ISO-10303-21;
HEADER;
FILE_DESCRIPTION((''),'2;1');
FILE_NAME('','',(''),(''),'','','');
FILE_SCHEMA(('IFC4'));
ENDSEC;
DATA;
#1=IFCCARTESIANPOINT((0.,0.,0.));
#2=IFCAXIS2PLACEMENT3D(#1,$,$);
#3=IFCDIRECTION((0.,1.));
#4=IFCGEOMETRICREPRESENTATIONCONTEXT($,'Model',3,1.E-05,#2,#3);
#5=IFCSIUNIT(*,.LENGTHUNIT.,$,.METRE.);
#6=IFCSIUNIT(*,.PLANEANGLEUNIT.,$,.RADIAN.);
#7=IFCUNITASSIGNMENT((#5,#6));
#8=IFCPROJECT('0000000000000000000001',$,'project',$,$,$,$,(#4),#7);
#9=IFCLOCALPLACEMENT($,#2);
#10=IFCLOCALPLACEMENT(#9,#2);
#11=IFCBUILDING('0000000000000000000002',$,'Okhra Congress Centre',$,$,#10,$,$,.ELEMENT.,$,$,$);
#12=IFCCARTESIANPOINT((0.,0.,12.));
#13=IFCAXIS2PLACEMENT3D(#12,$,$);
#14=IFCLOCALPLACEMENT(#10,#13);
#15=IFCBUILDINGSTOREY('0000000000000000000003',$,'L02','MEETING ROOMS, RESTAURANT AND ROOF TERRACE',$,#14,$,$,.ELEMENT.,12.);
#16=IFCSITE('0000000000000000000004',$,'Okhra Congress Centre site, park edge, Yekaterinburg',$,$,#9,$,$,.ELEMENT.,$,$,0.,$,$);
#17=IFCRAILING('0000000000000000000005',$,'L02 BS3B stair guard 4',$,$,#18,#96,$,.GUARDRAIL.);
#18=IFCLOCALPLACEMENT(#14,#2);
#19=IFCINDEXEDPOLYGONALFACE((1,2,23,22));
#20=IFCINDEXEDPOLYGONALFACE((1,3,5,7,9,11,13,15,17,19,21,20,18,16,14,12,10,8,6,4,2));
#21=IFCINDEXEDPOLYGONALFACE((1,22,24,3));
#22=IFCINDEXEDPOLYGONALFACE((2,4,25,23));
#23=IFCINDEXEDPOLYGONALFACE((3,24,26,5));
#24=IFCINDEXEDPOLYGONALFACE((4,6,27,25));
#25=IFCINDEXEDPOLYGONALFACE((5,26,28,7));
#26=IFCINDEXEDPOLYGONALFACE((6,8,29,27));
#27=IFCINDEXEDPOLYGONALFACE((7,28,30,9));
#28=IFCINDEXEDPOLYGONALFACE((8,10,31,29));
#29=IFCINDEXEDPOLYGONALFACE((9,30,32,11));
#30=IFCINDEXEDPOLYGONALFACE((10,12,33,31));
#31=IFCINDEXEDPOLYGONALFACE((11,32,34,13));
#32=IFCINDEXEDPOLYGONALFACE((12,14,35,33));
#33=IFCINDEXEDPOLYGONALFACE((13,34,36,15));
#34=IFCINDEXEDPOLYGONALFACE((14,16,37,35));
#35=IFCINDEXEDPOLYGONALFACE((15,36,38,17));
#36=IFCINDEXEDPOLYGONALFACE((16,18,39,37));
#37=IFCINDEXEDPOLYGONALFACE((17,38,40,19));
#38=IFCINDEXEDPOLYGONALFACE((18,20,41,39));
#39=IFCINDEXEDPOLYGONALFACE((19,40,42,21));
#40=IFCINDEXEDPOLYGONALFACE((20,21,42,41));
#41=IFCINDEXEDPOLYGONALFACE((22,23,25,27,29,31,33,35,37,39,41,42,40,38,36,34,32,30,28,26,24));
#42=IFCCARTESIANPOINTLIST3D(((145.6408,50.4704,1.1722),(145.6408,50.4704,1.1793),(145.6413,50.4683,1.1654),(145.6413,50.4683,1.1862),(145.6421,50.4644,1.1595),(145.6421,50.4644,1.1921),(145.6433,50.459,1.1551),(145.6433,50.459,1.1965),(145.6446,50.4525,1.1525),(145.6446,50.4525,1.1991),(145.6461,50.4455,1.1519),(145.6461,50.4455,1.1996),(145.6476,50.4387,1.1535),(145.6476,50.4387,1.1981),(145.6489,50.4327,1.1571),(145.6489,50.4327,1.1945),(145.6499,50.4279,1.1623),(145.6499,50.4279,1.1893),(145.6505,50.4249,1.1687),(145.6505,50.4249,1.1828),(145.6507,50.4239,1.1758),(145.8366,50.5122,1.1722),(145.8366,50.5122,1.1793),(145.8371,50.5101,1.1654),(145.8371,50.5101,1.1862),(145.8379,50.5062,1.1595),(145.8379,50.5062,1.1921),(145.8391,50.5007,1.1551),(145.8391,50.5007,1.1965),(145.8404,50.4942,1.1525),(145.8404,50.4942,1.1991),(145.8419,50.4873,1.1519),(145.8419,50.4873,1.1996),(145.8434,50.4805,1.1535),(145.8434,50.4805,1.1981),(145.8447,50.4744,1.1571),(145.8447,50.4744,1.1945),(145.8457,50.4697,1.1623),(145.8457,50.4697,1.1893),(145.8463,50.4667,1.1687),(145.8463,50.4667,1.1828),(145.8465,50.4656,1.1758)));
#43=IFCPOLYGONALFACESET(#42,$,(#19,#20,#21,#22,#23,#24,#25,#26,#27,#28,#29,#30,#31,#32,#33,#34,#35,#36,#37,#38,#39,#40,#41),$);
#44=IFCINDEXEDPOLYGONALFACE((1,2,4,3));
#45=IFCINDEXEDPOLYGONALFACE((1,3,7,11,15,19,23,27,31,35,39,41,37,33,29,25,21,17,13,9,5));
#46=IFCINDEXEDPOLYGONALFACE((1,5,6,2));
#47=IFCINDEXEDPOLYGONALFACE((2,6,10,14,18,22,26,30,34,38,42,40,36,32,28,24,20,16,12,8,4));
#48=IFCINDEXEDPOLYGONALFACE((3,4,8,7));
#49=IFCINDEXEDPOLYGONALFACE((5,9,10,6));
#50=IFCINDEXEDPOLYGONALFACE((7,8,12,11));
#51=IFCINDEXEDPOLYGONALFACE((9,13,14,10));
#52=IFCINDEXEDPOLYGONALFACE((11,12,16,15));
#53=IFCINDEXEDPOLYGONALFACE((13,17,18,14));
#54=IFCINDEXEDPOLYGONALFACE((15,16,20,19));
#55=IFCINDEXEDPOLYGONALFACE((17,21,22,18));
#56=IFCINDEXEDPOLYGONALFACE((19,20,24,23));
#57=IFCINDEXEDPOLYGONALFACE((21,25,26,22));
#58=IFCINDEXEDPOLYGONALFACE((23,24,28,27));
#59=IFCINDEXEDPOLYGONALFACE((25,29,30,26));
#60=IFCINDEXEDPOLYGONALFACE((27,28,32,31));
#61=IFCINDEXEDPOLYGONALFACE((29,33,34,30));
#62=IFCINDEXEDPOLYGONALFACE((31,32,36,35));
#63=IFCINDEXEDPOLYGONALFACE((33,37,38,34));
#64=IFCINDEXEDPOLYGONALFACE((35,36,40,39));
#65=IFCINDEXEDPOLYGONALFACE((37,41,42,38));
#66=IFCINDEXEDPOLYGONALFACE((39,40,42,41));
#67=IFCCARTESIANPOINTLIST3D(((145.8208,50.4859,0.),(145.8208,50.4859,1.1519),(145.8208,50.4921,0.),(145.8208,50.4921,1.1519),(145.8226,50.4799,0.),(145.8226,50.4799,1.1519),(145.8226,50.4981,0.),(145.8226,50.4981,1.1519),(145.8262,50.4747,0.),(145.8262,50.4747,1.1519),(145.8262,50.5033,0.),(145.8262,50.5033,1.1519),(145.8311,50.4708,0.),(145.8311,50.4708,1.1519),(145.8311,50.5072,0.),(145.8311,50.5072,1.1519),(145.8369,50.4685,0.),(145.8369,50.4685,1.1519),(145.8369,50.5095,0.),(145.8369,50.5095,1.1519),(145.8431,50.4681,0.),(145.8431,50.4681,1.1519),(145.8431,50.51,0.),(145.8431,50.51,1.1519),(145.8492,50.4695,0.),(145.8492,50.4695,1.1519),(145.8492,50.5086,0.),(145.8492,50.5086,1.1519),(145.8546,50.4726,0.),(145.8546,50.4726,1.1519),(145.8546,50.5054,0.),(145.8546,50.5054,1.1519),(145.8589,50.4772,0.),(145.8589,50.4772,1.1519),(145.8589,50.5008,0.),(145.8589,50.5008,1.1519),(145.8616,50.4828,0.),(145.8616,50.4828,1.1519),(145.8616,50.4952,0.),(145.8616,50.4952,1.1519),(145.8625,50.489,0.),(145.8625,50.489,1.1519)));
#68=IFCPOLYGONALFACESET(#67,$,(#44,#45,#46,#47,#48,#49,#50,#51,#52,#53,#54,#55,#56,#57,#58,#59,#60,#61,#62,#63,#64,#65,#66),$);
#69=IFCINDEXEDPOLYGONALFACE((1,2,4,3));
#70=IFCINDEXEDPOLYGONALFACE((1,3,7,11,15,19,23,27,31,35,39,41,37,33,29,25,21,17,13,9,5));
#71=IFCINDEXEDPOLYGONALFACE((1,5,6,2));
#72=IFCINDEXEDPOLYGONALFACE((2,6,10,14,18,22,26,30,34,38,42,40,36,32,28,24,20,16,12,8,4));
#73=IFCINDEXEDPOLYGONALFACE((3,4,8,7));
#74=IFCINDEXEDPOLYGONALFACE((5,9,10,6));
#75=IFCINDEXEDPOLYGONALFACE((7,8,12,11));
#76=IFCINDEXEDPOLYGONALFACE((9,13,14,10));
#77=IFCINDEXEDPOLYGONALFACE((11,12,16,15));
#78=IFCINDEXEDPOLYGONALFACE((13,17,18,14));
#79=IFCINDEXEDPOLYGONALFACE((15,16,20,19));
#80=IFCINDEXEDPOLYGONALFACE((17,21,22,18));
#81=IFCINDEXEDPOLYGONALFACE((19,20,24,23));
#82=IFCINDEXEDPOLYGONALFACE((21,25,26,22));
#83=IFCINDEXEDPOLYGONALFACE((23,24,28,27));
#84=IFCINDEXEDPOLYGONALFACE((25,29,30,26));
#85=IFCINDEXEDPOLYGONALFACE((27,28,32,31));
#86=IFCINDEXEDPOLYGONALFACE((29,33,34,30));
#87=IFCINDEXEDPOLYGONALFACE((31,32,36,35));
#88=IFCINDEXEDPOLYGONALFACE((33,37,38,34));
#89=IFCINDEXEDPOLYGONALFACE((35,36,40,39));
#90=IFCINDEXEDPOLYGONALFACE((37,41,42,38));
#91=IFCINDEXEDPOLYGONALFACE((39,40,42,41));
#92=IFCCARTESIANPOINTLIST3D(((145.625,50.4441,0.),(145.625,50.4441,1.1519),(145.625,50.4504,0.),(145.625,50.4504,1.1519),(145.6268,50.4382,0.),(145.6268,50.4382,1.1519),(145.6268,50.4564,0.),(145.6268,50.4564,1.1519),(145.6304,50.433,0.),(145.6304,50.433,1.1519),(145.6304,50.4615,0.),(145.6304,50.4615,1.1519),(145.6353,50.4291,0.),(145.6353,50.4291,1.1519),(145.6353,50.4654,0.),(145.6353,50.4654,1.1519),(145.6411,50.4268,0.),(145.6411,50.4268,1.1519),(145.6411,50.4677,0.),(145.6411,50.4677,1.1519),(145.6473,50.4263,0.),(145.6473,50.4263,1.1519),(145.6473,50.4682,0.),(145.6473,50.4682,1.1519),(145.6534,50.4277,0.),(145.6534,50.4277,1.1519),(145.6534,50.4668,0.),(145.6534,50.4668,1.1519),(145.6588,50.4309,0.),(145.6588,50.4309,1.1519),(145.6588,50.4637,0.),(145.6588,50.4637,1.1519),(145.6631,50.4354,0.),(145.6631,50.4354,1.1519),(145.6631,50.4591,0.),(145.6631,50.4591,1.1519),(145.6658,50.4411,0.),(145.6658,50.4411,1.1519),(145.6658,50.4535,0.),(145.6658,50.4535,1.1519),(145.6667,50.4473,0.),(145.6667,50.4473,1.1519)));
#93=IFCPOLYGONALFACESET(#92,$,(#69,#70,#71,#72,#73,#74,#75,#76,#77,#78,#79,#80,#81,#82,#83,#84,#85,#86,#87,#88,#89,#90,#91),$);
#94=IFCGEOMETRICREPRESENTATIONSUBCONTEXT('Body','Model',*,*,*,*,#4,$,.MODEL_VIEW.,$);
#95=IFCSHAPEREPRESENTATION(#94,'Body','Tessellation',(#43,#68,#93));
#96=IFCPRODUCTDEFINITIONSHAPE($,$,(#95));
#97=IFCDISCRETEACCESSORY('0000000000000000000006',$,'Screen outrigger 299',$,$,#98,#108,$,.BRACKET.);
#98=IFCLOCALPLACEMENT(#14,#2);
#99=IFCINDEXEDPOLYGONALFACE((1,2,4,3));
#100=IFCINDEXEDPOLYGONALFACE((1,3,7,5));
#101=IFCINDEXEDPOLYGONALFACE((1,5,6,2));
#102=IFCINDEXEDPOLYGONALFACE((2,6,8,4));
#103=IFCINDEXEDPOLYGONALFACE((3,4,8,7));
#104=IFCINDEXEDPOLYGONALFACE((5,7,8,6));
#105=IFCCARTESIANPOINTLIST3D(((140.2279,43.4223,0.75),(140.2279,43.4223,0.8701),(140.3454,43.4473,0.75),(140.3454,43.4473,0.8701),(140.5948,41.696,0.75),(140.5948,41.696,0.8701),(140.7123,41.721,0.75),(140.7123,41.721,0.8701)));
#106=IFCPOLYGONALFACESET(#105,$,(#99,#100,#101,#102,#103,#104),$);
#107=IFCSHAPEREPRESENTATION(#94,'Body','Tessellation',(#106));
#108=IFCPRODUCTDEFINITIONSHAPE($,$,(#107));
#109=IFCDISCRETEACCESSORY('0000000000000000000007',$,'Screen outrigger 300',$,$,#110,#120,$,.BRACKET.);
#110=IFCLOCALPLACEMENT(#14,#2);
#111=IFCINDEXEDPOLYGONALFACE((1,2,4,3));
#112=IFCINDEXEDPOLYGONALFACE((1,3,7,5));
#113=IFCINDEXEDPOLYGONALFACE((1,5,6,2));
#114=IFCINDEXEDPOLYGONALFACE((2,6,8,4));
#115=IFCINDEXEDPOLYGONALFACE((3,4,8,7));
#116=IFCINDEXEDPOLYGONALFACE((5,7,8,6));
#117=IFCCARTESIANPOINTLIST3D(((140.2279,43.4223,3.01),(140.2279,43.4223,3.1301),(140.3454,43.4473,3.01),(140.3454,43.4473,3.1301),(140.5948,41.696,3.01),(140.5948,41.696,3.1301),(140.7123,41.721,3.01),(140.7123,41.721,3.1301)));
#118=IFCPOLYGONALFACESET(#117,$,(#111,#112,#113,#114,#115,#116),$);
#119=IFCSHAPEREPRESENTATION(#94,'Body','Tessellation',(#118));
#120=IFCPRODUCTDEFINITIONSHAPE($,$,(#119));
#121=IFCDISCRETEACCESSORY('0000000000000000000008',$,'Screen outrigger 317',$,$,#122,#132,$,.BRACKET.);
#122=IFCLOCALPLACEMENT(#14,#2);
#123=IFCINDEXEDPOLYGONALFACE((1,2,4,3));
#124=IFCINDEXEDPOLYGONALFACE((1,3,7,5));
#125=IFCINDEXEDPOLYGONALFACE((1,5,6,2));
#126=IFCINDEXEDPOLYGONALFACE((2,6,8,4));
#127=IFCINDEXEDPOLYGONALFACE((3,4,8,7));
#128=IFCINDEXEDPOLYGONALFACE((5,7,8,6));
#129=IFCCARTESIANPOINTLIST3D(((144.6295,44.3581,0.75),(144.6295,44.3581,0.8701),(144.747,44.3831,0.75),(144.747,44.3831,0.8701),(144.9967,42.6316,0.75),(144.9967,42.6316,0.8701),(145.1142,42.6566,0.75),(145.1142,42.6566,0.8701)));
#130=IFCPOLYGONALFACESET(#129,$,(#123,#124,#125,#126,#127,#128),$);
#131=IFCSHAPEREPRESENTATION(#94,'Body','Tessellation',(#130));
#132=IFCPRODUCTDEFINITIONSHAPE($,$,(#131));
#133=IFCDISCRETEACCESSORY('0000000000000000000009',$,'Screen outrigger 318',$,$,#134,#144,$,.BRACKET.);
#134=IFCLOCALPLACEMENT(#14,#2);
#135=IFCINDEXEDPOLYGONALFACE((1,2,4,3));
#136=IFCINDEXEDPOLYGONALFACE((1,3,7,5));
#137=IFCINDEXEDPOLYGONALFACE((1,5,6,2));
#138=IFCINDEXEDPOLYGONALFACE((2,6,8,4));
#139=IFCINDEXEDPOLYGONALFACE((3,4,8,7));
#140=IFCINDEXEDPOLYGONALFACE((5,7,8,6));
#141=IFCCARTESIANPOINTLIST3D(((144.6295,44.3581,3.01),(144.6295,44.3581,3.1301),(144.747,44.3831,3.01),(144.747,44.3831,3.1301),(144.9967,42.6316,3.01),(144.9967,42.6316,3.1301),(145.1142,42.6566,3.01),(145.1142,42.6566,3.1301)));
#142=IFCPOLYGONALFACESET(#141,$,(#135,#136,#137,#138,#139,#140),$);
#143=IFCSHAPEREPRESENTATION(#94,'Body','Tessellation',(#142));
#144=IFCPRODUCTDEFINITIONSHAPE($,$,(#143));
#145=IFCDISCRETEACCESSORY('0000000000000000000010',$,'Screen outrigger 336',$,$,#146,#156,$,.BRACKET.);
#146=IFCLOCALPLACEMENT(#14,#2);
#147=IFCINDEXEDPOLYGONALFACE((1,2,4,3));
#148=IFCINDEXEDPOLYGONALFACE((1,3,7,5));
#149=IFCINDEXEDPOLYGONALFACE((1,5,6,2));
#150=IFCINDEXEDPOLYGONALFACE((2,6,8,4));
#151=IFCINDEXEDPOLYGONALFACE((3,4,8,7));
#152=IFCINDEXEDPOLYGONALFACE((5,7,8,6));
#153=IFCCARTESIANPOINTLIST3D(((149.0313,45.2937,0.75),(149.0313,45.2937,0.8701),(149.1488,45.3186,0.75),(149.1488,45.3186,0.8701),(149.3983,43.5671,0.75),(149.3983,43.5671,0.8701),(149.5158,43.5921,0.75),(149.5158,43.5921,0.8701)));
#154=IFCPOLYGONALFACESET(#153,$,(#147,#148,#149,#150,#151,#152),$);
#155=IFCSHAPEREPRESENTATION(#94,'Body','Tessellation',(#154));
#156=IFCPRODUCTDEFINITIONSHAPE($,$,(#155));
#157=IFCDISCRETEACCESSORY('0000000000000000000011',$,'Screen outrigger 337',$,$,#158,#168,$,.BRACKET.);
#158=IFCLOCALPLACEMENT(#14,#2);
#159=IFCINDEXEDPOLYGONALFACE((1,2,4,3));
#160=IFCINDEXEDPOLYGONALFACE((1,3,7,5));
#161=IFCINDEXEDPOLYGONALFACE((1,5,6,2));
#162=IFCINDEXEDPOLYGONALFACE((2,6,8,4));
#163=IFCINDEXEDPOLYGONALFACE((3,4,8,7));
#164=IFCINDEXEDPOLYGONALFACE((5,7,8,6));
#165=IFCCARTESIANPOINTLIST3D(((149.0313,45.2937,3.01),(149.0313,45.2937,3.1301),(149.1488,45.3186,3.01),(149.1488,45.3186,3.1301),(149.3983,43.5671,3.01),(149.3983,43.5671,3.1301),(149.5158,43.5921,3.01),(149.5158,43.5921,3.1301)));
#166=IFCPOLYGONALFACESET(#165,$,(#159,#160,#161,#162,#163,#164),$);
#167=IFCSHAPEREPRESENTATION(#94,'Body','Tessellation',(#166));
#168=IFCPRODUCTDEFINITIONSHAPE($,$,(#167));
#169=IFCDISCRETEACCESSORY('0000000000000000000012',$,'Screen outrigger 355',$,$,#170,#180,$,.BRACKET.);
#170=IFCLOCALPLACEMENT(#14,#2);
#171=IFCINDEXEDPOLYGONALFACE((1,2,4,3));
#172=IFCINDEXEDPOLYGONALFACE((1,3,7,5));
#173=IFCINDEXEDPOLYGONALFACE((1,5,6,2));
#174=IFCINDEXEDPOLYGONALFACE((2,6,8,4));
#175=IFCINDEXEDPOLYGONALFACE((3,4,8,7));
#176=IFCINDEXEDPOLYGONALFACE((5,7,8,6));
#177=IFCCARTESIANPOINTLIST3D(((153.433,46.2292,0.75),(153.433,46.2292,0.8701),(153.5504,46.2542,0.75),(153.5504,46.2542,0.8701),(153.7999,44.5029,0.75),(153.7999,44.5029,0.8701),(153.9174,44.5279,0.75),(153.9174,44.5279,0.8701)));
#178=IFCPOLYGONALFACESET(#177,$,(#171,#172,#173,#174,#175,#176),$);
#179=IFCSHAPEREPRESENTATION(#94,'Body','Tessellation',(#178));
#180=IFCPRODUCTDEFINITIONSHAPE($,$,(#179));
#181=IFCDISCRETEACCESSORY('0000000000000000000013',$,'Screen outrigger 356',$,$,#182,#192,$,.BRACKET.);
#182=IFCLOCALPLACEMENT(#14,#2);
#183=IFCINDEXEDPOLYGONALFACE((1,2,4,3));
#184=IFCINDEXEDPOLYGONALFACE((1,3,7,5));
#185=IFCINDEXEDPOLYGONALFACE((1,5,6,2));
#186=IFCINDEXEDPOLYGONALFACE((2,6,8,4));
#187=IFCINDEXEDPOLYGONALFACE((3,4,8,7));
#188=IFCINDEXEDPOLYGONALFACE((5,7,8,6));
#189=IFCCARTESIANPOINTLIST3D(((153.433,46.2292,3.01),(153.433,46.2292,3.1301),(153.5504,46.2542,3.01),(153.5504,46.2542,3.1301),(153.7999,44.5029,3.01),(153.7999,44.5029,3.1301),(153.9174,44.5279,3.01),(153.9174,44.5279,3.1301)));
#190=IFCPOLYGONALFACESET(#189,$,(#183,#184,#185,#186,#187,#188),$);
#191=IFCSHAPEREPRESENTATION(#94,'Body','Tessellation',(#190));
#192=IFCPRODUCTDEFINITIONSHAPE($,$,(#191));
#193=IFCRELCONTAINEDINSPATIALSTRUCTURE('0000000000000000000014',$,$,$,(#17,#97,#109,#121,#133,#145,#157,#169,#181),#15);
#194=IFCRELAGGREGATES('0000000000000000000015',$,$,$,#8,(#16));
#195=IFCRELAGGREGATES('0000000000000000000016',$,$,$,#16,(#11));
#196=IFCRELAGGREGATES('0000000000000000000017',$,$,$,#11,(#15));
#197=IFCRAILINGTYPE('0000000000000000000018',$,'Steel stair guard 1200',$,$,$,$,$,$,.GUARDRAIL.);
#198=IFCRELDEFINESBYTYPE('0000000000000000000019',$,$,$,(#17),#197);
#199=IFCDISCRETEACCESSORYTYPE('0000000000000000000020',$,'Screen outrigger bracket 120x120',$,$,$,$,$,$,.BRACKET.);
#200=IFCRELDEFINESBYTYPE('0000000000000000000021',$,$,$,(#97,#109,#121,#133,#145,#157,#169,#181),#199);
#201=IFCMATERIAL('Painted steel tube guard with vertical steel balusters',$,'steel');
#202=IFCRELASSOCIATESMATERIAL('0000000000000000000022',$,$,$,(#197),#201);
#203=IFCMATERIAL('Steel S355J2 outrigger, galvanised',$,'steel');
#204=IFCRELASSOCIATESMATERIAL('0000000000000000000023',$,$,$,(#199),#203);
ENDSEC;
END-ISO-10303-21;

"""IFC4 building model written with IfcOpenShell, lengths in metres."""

from ifc_helpers import new_model, si_unit, direction, frame, origin, origin_2d, place, context, subcontext, project, spatial, rectangle, circle, extrude, material, material_profile, profile_set, type_object, element, save


model = new_model("IFC4")

# Units and contexts
model_context = context("Model", 3, precision=1e-05, world=origin(), true_north=direction((0.0, 1.0)))
body_context = subcontext(model_context, "Body", "Model", "MODEL_VIEW")
ifc_project = project(units=[si_unit("LENGTHUNIT", "METRE"), si_unit("PLANEANGLEUNIT", "RADIAN")], contexts=[model_context])

# Site, building, storey
site_placement = place(None, origin())
site = spatial("IfcSite", under=ifc_project, at=site_placement, Name="Okhra Congress Centre site, park edge, Yekaterinburg", CompositionType="ELEMENT", RefElevation=0.0)
building_placement = place(site_placement, origin())
building = spatial("IfcBuilding", under=site, at=building_placement, Name="Okhra Congress Centre", CompositionType="ELEMENT")
storey_placement = place(building_placement, frame((0.0, 0.0, 12.0)))
storey = spatial("IfcBuildingStorey", under=building, at=storey_placement, Name="L02", Description="MEETING ROOMS, RESTAURANT AND ROOF TERRACE", CompositionType="ELEMENT", Elevation=12.0)

# Railing
ifc_material_1 = material(Name="Painted steel tube guard with vertical steel balusters", Category="steel")
railing_type_1 = type_object("IfcRailingType", Name="Steel stair guard 1200", PredefinedType="GUARDRAIL", material=ifc_material_1)
railing_1_placement = place(storey_placement, frame((145.8416, 50.489, 0.0)))
element("IfcRailing", 1, at=railing_1_placement, inside=storey, type_object=railing_type_1, Name="L02 BS3B stair guard 4", PredefinedType="GUARDRAIL", context=body_context, shape_type="SweptSolid", body=[
    extrude(circle(Radius=0.0239, at=origin_2d()), frame((0.0, 0.0, 1.1758), z_axis=(-0.978016, -0.20853, 0.0), x_axis=(0.20853, -0.978016, 0.0)), (0.0, 0.0, 1.0), 0.2002),
    extrude(circle(Radius=0.021, at=origin_2d()), origin(), (0.0, 0.0, 1.0), 1.1519),
    extrude(circle(Radius=0.021, at=origin_2d()), frame((-0.1958, -0.0417, 0.0)), (0.0, 0.0, 1.0), 1.1519),
])

# Discrete accessories
ifc_material_2 = material(Name="Steel S355J2 outrigger, galvanised", Category="steel")
ifc_material_profile_1 = material_profile(ifc_material_2, rectangle(XDim=0.1201, YDim=0.1201, at=origin_2d()), Name="Screen outrigger bracket 120x120")
ifc_profile_set_1 = profile_set([ifc_material_profile_1], Name="Steel S355J2 outrigger, galvanised")
discrete_accessory_type = type_object("IfcDiscreteAccessoryType", Name="Screen outrigger bracket 120x120", PredefinedType="BRACKET", material=ifc_profile_set_1)
for number, where, z_axis, x_axis, name in (
    (2, (140.2866, 43.4348, 0.8101), (0.207913, -0.978147, 0.0), (0.978147, 0.207913, 0.0), "Screen outrigger 299"),
    (3, (140.2866, 43.4348, 3.0701), (0.207913, -0.978147, 0.0), (0.978147, 0.207913, 0.0), "Screen outrigger 300"),
):
    element("IfcDiscreteAccessory", number, at=place(storey_placement, frame(where, z_axis=z_axis, x_axis=x_axis)), inside=storey, type_object=discrete_accessory_type, Name=name, PredefinedType="BRACKET", context=body_context, shape_type="SweptSolid", body=[
        extrude(rectangle(XDim=0.1201, YDim=0.1201, at=origin_2d()), origin(), (0.0, 0.0, 1.0), 1.7649),
    ])
for number, where, z_axis, x_axis, name in (
    (4, (144.6882, 44.3706, 0.8101), (0.208018, -0.978125, 0.0), (0.978125, 0.208018, 0.0), "Screen outrigger 317"),
    (5, (144.6882, 44.3706, 3.0701), (0.208018, -0.978125, 0.0), (0.978125, 0.208018, 0.0), "Screen outrigger 318"),
    (6, (149.0901, 45.3062, 0.8101), (0.207885, -0.978153, 0.0), (0.978153, 0.207885, 0.0), "Screen outrigger 336"),
    (7, (149.0901, 45.3062, 3.0701), (0.207885, -0.978153, 0.0), (0.978153, 0.207885, 0.0), "Screen outrigger 337"),
):
    element("IfcDiscreteAccessory", number, at=place(storey_placement, frame(where, z_axis=z_axis, x_axis=x_axis)), inside=storey, type_object=discrete_accessory_type, Name=name, PredefinedType="BRACKET", context=body_context, shape_type="SweptSolid", body=[
        extrude(rectangle(XDim=0.1201, YDim=0.1201, at=origin_2d()), origin(), (0.0, 0.0, 1.0), 1.7651),
    ])
for number, where, z_axis, x_axis, name in (
    (8, (153.4917, 46.2417, 0.8101), (0.207913, -0.978147, 0.0), (0.978147, 0.207913, 0.0), "Screen outrigger 355"),
    (9, (153.4917, 46.2417, 3.0701), (0.207913, -0.978147, 0.0), (0.978147, 0.207913, 0.0), "Screen outrigger 356"),
):
    element("IfcDiscreteAccessory", number, at=place(storey_placement, frame(where, z_axis=z_axis, x_axis=x_axis)), inside=storey, type_object=discrete_accessory_type, Name=name, PredefinedType="BRACKET", context=body_context, shape_type="SweptSolid", body=[
        extrude(rectangle(XDim=0.1201, YDim=0.1201, at=origin_2d()), origin(), (0.0, 0.0, 1.0), 1.7649),
    ])

save(model, "model.ifc")
